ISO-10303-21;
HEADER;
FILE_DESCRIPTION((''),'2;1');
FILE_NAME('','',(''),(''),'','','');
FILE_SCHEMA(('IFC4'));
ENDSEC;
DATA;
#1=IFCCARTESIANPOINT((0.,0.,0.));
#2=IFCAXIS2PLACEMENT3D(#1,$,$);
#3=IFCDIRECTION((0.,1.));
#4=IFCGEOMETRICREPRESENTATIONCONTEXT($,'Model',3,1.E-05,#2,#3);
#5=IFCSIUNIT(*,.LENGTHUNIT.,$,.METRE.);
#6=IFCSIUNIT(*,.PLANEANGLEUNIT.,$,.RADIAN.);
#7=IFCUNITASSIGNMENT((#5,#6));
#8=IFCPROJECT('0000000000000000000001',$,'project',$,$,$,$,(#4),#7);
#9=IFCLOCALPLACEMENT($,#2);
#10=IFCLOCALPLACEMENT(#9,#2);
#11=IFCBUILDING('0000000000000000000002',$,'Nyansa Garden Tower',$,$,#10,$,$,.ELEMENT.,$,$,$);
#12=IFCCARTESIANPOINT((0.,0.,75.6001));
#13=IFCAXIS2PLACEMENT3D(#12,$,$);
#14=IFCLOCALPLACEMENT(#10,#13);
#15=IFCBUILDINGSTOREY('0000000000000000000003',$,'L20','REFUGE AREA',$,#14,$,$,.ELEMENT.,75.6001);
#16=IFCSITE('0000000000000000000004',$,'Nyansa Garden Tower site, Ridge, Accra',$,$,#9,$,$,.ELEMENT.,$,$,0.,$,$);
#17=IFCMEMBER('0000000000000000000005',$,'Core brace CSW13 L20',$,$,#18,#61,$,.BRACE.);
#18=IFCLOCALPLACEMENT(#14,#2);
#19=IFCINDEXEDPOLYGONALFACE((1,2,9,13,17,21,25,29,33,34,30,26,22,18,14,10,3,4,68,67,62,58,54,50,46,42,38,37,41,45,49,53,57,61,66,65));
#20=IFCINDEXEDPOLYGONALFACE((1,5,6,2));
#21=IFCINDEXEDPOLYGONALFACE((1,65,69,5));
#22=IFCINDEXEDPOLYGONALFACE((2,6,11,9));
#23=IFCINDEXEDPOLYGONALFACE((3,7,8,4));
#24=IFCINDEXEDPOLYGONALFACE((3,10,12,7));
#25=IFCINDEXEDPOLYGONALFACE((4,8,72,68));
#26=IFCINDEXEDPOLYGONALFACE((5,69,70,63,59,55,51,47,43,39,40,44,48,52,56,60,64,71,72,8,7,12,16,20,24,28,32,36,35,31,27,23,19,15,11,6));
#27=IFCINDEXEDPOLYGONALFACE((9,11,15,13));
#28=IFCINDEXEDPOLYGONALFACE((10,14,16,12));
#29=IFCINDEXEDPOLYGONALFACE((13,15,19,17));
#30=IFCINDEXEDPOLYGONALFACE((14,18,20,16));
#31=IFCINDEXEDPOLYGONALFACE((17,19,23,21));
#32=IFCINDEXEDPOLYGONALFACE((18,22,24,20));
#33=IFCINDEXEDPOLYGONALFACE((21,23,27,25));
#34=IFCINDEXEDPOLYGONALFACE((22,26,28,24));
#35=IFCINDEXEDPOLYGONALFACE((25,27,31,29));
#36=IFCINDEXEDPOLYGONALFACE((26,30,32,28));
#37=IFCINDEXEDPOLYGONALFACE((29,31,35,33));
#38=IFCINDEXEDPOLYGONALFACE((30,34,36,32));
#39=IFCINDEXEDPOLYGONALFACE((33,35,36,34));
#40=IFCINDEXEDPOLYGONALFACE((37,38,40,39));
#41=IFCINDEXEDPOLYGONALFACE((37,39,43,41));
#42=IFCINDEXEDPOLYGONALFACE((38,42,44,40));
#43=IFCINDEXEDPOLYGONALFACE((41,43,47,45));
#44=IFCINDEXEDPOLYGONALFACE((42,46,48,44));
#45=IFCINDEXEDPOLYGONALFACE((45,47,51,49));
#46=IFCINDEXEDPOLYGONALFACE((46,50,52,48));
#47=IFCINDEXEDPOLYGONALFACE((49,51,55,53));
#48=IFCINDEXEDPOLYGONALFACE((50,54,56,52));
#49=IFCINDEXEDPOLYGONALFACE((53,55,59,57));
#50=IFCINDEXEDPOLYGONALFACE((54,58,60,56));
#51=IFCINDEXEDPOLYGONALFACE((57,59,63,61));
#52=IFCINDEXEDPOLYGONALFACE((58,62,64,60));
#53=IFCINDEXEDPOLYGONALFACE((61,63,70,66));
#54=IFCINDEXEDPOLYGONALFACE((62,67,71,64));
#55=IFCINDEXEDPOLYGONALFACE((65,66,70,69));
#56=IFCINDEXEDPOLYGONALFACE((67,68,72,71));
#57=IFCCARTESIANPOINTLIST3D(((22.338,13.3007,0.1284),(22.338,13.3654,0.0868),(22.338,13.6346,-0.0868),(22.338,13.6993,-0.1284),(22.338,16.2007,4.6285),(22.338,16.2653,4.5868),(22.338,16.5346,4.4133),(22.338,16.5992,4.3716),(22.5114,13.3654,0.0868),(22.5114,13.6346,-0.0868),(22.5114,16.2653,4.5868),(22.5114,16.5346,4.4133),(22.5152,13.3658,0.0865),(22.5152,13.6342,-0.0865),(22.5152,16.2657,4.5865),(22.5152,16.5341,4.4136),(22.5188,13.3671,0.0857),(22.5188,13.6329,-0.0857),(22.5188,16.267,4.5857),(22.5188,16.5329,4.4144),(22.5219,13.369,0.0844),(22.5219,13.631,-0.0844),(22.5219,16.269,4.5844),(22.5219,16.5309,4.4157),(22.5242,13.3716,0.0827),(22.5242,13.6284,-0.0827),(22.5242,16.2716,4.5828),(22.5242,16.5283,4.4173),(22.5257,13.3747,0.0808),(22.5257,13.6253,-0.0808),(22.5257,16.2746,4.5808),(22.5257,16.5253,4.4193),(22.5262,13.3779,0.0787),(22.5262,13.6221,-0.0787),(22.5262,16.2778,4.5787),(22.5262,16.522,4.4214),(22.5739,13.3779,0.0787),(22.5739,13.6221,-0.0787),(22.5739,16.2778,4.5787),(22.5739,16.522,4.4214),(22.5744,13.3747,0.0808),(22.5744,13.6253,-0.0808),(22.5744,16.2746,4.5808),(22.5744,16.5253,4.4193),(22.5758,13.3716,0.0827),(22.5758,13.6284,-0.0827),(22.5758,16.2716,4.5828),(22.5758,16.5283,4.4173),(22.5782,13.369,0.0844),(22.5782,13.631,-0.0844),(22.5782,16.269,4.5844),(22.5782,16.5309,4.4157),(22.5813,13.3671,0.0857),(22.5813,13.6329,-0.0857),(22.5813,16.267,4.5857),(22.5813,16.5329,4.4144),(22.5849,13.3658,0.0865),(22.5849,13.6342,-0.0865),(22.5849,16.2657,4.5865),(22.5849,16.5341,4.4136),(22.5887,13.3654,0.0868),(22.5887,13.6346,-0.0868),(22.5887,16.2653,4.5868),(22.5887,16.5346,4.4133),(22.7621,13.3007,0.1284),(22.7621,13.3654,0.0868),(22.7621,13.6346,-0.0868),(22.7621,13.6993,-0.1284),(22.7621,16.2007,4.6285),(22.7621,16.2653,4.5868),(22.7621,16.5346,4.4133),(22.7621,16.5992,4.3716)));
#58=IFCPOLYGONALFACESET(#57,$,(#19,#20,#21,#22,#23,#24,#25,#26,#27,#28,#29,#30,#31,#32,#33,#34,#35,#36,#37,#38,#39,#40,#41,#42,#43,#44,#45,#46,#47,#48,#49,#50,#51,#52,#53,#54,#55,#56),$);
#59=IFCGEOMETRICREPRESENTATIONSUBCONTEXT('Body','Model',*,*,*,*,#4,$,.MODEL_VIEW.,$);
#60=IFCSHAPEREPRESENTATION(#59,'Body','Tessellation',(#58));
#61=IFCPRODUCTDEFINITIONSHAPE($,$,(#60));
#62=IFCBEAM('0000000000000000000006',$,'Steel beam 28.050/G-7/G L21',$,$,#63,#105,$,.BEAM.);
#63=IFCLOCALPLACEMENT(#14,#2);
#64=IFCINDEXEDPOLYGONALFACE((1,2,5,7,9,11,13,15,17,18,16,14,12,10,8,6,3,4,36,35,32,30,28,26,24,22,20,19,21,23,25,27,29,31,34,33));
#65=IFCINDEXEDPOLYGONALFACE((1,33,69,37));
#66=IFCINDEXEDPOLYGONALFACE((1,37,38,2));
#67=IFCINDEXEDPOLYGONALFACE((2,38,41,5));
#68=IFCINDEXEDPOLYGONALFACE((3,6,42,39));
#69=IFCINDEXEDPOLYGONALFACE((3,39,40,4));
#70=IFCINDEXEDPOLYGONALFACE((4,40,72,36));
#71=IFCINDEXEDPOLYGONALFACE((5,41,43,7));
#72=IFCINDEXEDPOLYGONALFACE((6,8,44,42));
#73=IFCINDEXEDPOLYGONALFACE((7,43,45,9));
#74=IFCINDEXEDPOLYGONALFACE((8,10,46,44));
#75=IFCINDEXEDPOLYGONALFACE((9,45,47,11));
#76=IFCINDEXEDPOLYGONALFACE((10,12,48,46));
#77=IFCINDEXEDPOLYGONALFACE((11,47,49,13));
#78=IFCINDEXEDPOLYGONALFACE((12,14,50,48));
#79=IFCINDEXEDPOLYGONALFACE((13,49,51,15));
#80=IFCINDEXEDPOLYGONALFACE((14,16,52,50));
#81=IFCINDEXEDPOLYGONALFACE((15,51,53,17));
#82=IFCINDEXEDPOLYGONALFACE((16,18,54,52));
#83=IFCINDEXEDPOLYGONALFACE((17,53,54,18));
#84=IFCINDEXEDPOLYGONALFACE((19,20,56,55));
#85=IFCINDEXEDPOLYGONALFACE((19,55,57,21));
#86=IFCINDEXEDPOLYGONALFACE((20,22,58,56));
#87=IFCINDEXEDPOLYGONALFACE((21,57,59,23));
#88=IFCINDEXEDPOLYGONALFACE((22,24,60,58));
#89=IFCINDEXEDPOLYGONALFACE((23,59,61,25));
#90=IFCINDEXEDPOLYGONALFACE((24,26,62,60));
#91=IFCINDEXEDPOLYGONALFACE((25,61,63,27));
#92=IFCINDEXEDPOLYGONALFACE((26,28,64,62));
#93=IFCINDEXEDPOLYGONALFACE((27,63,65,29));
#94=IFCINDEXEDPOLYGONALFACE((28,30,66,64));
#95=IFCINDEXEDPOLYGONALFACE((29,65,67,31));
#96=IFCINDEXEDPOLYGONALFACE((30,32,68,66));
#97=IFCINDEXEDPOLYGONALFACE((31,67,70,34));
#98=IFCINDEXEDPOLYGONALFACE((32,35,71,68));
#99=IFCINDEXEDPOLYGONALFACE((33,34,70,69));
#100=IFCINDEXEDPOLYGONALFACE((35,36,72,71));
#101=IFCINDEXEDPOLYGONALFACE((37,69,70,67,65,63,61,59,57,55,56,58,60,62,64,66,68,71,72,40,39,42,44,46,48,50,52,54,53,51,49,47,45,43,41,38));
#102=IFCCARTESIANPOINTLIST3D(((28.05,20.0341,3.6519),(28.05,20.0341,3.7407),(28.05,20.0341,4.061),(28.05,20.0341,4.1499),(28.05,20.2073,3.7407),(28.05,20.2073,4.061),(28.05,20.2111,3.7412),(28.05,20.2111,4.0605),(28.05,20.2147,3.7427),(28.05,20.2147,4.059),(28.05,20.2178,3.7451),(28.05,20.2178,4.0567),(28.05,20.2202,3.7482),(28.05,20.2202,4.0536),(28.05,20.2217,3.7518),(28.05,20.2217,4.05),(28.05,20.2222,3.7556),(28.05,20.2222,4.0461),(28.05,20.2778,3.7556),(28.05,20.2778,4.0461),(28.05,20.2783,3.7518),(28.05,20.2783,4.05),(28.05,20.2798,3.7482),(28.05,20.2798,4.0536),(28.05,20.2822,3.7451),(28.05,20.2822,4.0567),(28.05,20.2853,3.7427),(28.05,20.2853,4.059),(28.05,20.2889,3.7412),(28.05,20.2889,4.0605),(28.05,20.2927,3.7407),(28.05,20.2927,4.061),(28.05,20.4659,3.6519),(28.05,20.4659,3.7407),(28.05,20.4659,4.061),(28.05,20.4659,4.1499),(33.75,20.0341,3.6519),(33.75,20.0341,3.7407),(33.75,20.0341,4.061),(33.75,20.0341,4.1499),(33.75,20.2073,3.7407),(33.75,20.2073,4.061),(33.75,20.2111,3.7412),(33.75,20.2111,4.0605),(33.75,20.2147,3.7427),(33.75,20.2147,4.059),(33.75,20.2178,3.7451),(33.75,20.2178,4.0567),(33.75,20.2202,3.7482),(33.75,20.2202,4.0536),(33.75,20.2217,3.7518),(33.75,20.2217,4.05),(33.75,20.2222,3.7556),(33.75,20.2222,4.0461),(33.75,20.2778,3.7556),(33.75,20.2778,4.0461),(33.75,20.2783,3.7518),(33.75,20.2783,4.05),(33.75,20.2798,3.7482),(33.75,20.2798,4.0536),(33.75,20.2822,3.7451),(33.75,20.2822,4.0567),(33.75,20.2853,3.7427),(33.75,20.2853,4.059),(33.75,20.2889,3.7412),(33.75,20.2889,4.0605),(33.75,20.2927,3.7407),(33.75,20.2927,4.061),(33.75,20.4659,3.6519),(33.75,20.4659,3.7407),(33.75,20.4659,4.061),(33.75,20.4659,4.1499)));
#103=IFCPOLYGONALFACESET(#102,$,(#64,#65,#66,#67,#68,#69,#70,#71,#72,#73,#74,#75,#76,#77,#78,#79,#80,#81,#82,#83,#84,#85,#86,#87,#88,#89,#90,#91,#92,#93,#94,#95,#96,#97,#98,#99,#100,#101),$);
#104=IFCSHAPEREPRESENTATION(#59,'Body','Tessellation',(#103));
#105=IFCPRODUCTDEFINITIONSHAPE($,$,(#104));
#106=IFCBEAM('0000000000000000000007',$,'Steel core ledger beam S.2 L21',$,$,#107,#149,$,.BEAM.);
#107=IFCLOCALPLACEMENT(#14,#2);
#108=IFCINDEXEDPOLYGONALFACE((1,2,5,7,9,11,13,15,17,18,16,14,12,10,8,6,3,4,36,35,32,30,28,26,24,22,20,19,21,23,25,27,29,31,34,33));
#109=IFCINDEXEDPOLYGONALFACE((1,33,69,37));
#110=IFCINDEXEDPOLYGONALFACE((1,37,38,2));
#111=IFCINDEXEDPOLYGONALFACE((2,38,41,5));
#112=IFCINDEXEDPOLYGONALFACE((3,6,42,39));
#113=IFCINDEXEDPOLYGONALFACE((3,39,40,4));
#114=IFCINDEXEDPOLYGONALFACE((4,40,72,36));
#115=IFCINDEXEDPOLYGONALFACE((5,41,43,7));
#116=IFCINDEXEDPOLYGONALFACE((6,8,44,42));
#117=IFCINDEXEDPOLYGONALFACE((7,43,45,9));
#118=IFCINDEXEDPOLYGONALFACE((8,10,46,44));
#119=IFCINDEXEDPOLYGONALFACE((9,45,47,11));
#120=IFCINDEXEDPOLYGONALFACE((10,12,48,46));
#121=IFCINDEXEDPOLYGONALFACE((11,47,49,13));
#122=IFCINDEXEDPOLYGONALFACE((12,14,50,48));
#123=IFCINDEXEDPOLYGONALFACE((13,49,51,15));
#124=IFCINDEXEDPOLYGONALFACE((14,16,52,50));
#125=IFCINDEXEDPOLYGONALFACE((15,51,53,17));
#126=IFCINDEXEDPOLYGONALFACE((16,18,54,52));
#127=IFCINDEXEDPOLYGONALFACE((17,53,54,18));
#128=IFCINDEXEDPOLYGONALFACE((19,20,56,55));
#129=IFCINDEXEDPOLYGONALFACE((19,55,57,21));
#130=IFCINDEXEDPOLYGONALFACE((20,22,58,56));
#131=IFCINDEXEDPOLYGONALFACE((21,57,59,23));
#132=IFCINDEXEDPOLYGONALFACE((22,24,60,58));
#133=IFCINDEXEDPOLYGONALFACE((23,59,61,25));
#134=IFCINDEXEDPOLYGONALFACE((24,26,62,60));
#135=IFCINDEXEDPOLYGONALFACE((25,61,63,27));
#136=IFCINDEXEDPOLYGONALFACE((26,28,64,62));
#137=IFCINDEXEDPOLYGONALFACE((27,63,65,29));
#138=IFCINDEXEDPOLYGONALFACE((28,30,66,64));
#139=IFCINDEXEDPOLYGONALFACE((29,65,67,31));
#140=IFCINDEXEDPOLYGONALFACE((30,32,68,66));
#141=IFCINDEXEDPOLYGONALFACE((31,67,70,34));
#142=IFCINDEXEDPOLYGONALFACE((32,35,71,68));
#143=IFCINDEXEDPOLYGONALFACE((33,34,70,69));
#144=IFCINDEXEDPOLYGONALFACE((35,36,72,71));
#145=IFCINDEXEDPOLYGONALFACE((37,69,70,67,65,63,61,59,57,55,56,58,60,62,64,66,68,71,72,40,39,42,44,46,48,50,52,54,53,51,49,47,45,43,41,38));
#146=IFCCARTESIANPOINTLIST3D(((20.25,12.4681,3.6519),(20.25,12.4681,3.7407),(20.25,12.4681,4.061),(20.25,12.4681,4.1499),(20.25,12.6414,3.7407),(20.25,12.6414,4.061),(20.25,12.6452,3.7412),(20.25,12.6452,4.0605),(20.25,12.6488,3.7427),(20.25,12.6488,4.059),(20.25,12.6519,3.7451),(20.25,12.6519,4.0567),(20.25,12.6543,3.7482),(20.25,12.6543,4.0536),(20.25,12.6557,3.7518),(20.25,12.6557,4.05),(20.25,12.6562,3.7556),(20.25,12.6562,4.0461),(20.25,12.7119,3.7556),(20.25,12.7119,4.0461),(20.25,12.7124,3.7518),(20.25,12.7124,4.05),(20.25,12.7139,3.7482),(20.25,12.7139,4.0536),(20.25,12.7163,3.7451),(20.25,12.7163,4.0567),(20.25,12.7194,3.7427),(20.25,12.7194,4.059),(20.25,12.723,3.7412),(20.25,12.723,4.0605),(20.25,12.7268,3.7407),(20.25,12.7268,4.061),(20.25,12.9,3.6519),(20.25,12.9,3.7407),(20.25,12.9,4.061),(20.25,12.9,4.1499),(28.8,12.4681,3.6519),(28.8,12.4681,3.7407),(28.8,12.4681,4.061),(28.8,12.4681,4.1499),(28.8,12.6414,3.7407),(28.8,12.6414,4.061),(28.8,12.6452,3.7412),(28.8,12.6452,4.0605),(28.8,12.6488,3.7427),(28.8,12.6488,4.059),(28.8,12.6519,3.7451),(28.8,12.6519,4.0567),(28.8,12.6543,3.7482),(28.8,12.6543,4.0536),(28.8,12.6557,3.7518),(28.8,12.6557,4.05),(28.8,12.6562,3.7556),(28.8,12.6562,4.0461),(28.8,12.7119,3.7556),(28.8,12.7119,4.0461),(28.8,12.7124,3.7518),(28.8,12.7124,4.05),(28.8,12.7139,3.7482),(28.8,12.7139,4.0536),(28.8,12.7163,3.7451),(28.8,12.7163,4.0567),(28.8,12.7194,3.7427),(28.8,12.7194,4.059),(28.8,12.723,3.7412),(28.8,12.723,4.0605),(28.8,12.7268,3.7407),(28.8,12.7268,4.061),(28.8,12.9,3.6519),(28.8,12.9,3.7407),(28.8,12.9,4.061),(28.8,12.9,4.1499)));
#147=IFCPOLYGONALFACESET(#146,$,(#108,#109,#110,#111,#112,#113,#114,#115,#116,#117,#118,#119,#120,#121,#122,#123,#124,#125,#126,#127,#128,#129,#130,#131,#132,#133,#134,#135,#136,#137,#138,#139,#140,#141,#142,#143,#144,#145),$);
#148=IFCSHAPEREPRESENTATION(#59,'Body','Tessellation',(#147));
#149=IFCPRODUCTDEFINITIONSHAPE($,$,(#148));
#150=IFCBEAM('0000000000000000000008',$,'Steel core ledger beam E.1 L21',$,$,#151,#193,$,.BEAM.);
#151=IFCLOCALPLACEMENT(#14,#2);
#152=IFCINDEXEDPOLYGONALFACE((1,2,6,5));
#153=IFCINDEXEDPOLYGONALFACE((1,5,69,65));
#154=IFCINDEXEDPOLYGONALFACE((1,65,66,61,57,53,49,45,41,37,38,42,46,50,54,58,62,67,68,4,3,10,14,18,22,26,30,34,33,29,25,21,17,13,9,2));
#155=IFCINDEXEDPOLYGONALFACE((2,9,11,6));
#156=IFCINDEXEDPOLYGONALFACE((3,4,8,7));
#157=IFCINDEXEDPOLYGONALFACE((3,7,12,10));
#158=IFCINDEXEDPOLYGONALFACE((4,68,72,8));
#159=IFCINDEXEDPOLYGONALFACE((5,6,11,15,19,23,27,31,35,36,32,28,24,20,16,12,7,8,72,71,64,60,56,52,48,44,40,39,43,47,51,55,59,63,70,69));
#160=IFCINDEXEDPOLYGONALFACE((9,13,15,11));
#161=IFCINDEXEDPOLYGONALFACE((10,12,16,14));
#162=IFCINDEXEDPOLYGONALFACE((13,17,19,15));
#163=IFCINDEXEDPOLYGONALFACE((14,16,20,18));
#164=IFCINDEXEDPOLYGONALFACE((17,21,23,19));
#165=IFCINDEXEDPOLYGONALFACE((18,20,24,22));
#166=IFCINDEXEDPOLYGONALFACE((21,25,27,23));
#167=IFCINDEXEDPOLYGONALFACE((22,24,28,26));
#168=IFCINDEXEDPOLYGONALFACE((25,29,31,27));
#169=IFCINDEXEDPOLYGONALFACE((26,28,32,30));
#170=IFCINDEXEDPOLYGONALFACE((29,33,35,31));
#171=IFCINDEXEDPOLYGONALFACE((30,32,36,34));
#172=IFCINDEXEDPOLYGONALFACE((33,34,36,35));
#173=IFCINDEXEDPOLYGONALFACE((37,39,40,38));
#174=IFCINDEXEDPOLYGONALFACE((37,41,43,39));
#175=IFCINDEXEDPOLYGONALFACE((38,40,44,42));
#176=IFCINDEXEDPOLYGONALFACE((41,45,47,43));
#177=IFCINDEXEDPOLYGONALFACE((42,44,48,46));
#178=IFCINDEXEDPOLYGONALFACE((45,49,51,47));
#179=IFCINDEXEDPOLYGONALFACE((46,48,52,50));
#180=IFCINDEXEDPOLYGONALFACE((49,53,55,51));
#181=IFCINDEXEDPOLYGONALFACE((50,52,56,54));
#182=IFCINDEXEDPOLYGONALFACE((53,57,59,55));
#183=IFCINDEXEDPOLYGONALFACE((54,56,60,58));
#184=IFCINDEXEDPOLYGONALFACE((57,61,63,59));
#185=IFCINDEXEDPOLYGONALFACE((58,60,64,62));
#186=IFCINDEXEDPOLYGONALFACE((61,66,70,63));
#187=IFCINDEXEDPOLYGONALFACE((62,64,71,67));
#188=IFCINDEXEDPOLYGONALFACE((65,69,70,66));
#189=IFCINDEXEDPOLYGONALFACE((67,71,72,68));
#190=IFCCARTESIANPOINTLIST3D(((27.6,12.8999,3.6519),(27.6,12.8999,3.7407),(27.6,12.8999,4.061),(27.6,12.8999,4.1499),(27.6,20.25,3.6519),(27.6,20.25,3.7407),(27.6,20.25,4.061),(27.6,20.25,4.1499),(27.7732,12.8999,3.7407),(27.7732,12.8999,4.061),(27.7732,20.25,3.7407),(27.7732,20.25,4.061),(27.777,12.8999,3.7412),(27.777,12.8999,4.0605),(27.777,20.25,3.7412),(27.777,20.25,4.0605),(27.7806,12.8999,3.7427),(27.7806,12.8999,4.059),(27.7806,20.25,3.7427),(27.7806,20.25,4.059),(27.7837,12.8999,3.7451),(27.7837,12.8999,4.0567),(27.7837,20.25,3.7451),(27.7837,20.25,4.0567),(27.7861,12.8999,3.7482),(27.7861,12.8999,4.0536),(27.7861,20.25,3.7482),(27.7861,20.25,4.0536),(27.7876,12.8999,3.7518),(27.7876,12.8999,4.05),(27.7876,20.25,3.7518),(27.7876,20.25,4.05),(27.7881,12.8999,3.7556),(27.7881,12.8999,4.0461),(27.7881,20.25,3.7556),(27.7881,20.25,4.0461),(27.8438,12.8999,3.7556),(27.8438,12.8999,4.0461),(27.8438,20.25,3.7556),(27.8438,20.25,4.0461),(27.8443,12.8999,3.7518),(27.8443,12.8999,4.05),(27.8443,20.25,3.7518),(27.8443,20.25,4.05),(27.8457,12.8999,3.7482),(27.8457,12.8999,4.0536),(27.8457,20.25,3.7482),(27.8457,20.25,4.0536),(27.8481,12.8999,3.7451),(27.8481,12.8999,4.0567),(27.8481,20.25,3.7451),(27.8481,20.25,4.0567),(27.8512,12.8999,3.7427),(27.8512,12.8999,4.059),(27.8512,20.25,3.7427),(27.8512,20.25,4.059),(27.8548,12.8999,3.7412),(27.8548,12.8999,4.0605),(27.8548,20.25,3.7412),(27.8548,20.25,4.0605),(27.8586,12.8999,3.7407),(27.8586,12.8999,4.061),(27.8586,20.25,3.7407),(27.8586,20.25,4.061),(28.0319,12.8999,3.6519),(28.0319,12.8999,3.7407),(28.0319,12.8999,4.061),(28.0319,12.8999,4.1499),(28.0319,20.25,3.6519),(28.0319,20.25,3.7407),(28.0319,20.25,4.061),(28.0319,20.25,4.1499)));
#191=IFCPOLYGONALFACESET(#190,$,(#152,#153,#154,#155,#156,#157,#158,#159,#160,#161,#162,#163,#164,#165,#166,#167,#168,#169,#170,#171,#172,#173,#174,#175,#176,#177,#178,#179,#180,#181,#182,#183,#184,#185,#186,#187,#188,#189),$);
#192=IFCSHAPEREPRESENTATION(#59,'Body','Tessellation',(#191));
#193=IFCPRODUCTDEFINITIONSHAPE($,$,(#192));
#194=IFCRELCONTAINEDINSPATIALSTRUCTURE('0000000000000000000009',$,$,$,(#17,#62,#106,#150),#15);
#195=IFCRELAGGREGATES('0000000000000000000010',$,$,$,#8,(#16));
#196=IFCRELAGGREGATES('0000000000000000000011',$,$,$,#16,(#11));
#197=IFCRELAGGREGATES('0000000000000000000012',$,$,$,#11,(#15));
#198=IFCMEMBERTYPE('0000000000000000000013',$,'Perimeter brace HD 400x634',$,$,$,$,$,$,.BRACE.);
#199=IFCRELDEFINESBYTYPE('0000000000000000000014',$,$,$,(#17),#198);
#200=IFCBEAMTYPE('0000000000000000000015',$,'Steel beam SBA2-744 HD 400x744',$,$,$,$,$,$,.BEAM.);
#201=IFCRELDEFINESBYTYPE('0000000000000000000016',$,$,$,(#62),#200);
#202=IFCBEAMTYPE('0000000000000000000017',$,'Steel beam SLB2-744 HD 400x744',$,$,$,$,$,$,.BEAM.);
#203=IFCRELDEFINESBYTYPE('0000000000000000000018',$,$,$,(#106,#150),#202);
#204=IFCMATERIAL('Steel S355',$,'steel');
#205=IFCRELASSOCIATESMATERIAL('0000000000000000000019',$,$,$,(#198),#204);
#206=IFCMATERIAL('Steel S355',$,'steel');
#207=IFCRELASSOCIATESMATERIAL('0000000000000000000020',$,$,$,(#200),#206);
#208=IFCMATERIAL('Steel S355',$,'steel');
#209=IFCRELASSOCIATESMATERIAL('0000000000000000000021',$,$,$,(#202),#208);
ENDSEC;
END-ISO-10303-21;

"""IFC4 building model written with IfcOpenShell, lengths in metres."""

from ifc_helpers import new_model, si_unit, direction, frame, origin, origin_2d, place, context, subcontext, project, spatial, i_section, extrude, material, material_profile, profile_set, type_object, element, save


model = new_model("IFC4")

# Units and contexts
model_context = context("Model", 3, precision=1e-05, world=origin(), true_north=direction((0.0, 1.0)))
body_context = subcontext(model_context, "Body", "Model", "MODEL_VIEW")
ifc_project = project(units=[si_unit("LENGTHUNIT", "METRE"), si_unit("PLANEANGLEUNIT", "RADIAN")], contexts=[model_context])

# Site, building, storey
site_placement = place(None, origin())
site = spatial("IfcSite", under=ifc_project, at=site_placement, Name="Nyansa Garden Tower site, Ridge, Accra", CompositionType="ELEMENT", RefElevation=0.0)
building_placement = place(site_placement, origin())
building = spatial("IfcBuilding", under=site, at=building_placement, Name="Nyansa Garden Tower", CompositionType="ELEMENT")
storey_placement = place(building_placement, frame((0.0, 0.0, 75.6001)))
storey = spatial("IfcBuildingStorey", under=building, at=storey_placement, Name="L20", Description="REFUGE AREA", CompositionType="ELEMENT", Elevation=75.6001)

# Member
ifc_material_1 = material(Name="Steel S355", Category="steel")
ifc_material_profile_1 = material_profile(ifc_material_1, i_section(OverallWidth=0.4241, OverallDepth=0.4741, WebThickness=0.0476, FlangeThickness=0.0769, FilletRadius=0.0149, at=origin_2d()), Name="HD 400x634")
ifc_profile_set_1 = profile_set([ifc_material_profile_1], Name="Steel S355")
member_type_1 = type_object("IfcMemberType", Name="Perimeter brace HD 400x634", PredefinedType="BRACE", material=ifc_profile_set_1)
member_1_placement = place(storey_placement, frame((22.55, 13.5, 0.0), z_axis=(0.0, 0.541688, 0.840579), x_axis=(-1.0, 0.0, 0.0)))
element("IfcMember", 1, at=member_1_placement, inside=storey, type_object=member_type_1, Name="Core brace CSW13 L20", PredefinedType="BRACE", context=body_context, shape_type="SweptSolid", body=[
    extrude(i_section(OverallWidth=0.4241, OverallDepth=0.4741, WebThickness=0.0476, FlangeThickness=0.0769, FilletRadius=0.0149, at=origin_2d()), origin(), (0.0, 0.0, 1.0), 5.3535),
])

# Beams
ifc_material_2 = material(Name="Steel S355", Category="steel")
ifc_material_profile_2 = material_profile(ifc_material_2, i_section(OverallWidth=0.4319, OverallDepth=0.498, WebThickness=0.0557, FlangeThickness=0.0889, FilletRadius=0.0149, at=origin_2d()), Name="HD 400x744")
ifc_profile_set_2 = profile_set([ifc_material_profile_2], Name="Steel S355")
beam_type_1 = type_object("IfcBeamType", Name="Steel beam SBA2-744 HD 400x744", PredefinedType="BEAM", material=ifc_profile_set_2)
beam_1_placement = place(storey_placement, frame((28.05, 20.25, 3.9009), z_axis=(1.0, 0.0, 0.0), x_axis=(0.0, 1.0, 0.0)))
element("IfcBeam", 2, at=beam_1_placement, inside=storey, type_object=beam_type_1, Name="Steel beam 28.050/G-7/G L21", PredefinedType="BEAM", context=body_context, shape_type="SweptSolid", body=[
    extrude(i_section(OverallWidth=0.4319, OverallDepth=0.498, WebThickness=0.0557, FlangeThickness=0.0889, FilletRadius=0.0149, at=origin_2d()), origin(), (0.0, 0.0, 1.0), 5.7),
])
ifc_material_3 = material(Name="Steel S355", Category="steel")
ifc_material_profile_3 = material_profile(ifc_material_3, i_section(OverallWidth=0.4319, OverallDepth=0.498, WebThickness=0.0557, FlangeThickness=0.0889, FilletRadius=0.0149, at=origin_2d()), Name="HD 400x744")
ifc_profile_set_3 = profile_set([ifc_material_profile_3], Name="Steel S355")
beam_type_2 = type_object("IfcBeamType", Name="Steel beam SLB2-744 HD 400x744", PredefinedType="BEAM", material=ifc_profile_set_3)
beam_2_placement = place(storey_placement, frame((20.25, 12.6841, 3.9009), z_axis=(1.0, 0.0, 0.0), x_axis=(0.0, 1.0, 0.0)))
element("IfcBeam", 3, at=beam_2_placement, inside=storey, type_object=beam_type_2, Name="Steel core ledger beam S.2 L21", PredefinedType="BEAM", context=body_context, shape_type="SweptSolid", body=[
    extrude(i_section(OverallWidth=0.4319, OverallDepth=0.498, WebThickness=0.0557, FlangeThickness=0.0889, FilletRadius=0.0149, at=origin_2d()), origin(), (0.0, 0.0, 1.0), 8.55),
])
for number, where, z_axis, x_axis, name in (
    (4, (27.8159, 12.8999, 3.9009), (0.0, 1.0, 0.0), (-1.0, 0.0, 0.0), "Steel core ledger beam E.1 L21"),
):
    element("IfcBeam", number, at=place(storey_placement, frame(where, z_axis=z_axis, x_axis=x_axis)), inside=storey, type_object=beam_type_2, Name=name, PredefinedType="BEAM", context=body_context, shape_type="SweptSolid", body=[
        extrude(i_section(OverallWidth=0.4319, OverallDepth=0.498, WebThickness=0.0557, FlangeThickness=0.0889, FilletRadius=0.0149, at=origin_2d()), origin(), (0.0, 0.0, 1.0), 7.3501),
    ])

save(model, "model.ifc")
